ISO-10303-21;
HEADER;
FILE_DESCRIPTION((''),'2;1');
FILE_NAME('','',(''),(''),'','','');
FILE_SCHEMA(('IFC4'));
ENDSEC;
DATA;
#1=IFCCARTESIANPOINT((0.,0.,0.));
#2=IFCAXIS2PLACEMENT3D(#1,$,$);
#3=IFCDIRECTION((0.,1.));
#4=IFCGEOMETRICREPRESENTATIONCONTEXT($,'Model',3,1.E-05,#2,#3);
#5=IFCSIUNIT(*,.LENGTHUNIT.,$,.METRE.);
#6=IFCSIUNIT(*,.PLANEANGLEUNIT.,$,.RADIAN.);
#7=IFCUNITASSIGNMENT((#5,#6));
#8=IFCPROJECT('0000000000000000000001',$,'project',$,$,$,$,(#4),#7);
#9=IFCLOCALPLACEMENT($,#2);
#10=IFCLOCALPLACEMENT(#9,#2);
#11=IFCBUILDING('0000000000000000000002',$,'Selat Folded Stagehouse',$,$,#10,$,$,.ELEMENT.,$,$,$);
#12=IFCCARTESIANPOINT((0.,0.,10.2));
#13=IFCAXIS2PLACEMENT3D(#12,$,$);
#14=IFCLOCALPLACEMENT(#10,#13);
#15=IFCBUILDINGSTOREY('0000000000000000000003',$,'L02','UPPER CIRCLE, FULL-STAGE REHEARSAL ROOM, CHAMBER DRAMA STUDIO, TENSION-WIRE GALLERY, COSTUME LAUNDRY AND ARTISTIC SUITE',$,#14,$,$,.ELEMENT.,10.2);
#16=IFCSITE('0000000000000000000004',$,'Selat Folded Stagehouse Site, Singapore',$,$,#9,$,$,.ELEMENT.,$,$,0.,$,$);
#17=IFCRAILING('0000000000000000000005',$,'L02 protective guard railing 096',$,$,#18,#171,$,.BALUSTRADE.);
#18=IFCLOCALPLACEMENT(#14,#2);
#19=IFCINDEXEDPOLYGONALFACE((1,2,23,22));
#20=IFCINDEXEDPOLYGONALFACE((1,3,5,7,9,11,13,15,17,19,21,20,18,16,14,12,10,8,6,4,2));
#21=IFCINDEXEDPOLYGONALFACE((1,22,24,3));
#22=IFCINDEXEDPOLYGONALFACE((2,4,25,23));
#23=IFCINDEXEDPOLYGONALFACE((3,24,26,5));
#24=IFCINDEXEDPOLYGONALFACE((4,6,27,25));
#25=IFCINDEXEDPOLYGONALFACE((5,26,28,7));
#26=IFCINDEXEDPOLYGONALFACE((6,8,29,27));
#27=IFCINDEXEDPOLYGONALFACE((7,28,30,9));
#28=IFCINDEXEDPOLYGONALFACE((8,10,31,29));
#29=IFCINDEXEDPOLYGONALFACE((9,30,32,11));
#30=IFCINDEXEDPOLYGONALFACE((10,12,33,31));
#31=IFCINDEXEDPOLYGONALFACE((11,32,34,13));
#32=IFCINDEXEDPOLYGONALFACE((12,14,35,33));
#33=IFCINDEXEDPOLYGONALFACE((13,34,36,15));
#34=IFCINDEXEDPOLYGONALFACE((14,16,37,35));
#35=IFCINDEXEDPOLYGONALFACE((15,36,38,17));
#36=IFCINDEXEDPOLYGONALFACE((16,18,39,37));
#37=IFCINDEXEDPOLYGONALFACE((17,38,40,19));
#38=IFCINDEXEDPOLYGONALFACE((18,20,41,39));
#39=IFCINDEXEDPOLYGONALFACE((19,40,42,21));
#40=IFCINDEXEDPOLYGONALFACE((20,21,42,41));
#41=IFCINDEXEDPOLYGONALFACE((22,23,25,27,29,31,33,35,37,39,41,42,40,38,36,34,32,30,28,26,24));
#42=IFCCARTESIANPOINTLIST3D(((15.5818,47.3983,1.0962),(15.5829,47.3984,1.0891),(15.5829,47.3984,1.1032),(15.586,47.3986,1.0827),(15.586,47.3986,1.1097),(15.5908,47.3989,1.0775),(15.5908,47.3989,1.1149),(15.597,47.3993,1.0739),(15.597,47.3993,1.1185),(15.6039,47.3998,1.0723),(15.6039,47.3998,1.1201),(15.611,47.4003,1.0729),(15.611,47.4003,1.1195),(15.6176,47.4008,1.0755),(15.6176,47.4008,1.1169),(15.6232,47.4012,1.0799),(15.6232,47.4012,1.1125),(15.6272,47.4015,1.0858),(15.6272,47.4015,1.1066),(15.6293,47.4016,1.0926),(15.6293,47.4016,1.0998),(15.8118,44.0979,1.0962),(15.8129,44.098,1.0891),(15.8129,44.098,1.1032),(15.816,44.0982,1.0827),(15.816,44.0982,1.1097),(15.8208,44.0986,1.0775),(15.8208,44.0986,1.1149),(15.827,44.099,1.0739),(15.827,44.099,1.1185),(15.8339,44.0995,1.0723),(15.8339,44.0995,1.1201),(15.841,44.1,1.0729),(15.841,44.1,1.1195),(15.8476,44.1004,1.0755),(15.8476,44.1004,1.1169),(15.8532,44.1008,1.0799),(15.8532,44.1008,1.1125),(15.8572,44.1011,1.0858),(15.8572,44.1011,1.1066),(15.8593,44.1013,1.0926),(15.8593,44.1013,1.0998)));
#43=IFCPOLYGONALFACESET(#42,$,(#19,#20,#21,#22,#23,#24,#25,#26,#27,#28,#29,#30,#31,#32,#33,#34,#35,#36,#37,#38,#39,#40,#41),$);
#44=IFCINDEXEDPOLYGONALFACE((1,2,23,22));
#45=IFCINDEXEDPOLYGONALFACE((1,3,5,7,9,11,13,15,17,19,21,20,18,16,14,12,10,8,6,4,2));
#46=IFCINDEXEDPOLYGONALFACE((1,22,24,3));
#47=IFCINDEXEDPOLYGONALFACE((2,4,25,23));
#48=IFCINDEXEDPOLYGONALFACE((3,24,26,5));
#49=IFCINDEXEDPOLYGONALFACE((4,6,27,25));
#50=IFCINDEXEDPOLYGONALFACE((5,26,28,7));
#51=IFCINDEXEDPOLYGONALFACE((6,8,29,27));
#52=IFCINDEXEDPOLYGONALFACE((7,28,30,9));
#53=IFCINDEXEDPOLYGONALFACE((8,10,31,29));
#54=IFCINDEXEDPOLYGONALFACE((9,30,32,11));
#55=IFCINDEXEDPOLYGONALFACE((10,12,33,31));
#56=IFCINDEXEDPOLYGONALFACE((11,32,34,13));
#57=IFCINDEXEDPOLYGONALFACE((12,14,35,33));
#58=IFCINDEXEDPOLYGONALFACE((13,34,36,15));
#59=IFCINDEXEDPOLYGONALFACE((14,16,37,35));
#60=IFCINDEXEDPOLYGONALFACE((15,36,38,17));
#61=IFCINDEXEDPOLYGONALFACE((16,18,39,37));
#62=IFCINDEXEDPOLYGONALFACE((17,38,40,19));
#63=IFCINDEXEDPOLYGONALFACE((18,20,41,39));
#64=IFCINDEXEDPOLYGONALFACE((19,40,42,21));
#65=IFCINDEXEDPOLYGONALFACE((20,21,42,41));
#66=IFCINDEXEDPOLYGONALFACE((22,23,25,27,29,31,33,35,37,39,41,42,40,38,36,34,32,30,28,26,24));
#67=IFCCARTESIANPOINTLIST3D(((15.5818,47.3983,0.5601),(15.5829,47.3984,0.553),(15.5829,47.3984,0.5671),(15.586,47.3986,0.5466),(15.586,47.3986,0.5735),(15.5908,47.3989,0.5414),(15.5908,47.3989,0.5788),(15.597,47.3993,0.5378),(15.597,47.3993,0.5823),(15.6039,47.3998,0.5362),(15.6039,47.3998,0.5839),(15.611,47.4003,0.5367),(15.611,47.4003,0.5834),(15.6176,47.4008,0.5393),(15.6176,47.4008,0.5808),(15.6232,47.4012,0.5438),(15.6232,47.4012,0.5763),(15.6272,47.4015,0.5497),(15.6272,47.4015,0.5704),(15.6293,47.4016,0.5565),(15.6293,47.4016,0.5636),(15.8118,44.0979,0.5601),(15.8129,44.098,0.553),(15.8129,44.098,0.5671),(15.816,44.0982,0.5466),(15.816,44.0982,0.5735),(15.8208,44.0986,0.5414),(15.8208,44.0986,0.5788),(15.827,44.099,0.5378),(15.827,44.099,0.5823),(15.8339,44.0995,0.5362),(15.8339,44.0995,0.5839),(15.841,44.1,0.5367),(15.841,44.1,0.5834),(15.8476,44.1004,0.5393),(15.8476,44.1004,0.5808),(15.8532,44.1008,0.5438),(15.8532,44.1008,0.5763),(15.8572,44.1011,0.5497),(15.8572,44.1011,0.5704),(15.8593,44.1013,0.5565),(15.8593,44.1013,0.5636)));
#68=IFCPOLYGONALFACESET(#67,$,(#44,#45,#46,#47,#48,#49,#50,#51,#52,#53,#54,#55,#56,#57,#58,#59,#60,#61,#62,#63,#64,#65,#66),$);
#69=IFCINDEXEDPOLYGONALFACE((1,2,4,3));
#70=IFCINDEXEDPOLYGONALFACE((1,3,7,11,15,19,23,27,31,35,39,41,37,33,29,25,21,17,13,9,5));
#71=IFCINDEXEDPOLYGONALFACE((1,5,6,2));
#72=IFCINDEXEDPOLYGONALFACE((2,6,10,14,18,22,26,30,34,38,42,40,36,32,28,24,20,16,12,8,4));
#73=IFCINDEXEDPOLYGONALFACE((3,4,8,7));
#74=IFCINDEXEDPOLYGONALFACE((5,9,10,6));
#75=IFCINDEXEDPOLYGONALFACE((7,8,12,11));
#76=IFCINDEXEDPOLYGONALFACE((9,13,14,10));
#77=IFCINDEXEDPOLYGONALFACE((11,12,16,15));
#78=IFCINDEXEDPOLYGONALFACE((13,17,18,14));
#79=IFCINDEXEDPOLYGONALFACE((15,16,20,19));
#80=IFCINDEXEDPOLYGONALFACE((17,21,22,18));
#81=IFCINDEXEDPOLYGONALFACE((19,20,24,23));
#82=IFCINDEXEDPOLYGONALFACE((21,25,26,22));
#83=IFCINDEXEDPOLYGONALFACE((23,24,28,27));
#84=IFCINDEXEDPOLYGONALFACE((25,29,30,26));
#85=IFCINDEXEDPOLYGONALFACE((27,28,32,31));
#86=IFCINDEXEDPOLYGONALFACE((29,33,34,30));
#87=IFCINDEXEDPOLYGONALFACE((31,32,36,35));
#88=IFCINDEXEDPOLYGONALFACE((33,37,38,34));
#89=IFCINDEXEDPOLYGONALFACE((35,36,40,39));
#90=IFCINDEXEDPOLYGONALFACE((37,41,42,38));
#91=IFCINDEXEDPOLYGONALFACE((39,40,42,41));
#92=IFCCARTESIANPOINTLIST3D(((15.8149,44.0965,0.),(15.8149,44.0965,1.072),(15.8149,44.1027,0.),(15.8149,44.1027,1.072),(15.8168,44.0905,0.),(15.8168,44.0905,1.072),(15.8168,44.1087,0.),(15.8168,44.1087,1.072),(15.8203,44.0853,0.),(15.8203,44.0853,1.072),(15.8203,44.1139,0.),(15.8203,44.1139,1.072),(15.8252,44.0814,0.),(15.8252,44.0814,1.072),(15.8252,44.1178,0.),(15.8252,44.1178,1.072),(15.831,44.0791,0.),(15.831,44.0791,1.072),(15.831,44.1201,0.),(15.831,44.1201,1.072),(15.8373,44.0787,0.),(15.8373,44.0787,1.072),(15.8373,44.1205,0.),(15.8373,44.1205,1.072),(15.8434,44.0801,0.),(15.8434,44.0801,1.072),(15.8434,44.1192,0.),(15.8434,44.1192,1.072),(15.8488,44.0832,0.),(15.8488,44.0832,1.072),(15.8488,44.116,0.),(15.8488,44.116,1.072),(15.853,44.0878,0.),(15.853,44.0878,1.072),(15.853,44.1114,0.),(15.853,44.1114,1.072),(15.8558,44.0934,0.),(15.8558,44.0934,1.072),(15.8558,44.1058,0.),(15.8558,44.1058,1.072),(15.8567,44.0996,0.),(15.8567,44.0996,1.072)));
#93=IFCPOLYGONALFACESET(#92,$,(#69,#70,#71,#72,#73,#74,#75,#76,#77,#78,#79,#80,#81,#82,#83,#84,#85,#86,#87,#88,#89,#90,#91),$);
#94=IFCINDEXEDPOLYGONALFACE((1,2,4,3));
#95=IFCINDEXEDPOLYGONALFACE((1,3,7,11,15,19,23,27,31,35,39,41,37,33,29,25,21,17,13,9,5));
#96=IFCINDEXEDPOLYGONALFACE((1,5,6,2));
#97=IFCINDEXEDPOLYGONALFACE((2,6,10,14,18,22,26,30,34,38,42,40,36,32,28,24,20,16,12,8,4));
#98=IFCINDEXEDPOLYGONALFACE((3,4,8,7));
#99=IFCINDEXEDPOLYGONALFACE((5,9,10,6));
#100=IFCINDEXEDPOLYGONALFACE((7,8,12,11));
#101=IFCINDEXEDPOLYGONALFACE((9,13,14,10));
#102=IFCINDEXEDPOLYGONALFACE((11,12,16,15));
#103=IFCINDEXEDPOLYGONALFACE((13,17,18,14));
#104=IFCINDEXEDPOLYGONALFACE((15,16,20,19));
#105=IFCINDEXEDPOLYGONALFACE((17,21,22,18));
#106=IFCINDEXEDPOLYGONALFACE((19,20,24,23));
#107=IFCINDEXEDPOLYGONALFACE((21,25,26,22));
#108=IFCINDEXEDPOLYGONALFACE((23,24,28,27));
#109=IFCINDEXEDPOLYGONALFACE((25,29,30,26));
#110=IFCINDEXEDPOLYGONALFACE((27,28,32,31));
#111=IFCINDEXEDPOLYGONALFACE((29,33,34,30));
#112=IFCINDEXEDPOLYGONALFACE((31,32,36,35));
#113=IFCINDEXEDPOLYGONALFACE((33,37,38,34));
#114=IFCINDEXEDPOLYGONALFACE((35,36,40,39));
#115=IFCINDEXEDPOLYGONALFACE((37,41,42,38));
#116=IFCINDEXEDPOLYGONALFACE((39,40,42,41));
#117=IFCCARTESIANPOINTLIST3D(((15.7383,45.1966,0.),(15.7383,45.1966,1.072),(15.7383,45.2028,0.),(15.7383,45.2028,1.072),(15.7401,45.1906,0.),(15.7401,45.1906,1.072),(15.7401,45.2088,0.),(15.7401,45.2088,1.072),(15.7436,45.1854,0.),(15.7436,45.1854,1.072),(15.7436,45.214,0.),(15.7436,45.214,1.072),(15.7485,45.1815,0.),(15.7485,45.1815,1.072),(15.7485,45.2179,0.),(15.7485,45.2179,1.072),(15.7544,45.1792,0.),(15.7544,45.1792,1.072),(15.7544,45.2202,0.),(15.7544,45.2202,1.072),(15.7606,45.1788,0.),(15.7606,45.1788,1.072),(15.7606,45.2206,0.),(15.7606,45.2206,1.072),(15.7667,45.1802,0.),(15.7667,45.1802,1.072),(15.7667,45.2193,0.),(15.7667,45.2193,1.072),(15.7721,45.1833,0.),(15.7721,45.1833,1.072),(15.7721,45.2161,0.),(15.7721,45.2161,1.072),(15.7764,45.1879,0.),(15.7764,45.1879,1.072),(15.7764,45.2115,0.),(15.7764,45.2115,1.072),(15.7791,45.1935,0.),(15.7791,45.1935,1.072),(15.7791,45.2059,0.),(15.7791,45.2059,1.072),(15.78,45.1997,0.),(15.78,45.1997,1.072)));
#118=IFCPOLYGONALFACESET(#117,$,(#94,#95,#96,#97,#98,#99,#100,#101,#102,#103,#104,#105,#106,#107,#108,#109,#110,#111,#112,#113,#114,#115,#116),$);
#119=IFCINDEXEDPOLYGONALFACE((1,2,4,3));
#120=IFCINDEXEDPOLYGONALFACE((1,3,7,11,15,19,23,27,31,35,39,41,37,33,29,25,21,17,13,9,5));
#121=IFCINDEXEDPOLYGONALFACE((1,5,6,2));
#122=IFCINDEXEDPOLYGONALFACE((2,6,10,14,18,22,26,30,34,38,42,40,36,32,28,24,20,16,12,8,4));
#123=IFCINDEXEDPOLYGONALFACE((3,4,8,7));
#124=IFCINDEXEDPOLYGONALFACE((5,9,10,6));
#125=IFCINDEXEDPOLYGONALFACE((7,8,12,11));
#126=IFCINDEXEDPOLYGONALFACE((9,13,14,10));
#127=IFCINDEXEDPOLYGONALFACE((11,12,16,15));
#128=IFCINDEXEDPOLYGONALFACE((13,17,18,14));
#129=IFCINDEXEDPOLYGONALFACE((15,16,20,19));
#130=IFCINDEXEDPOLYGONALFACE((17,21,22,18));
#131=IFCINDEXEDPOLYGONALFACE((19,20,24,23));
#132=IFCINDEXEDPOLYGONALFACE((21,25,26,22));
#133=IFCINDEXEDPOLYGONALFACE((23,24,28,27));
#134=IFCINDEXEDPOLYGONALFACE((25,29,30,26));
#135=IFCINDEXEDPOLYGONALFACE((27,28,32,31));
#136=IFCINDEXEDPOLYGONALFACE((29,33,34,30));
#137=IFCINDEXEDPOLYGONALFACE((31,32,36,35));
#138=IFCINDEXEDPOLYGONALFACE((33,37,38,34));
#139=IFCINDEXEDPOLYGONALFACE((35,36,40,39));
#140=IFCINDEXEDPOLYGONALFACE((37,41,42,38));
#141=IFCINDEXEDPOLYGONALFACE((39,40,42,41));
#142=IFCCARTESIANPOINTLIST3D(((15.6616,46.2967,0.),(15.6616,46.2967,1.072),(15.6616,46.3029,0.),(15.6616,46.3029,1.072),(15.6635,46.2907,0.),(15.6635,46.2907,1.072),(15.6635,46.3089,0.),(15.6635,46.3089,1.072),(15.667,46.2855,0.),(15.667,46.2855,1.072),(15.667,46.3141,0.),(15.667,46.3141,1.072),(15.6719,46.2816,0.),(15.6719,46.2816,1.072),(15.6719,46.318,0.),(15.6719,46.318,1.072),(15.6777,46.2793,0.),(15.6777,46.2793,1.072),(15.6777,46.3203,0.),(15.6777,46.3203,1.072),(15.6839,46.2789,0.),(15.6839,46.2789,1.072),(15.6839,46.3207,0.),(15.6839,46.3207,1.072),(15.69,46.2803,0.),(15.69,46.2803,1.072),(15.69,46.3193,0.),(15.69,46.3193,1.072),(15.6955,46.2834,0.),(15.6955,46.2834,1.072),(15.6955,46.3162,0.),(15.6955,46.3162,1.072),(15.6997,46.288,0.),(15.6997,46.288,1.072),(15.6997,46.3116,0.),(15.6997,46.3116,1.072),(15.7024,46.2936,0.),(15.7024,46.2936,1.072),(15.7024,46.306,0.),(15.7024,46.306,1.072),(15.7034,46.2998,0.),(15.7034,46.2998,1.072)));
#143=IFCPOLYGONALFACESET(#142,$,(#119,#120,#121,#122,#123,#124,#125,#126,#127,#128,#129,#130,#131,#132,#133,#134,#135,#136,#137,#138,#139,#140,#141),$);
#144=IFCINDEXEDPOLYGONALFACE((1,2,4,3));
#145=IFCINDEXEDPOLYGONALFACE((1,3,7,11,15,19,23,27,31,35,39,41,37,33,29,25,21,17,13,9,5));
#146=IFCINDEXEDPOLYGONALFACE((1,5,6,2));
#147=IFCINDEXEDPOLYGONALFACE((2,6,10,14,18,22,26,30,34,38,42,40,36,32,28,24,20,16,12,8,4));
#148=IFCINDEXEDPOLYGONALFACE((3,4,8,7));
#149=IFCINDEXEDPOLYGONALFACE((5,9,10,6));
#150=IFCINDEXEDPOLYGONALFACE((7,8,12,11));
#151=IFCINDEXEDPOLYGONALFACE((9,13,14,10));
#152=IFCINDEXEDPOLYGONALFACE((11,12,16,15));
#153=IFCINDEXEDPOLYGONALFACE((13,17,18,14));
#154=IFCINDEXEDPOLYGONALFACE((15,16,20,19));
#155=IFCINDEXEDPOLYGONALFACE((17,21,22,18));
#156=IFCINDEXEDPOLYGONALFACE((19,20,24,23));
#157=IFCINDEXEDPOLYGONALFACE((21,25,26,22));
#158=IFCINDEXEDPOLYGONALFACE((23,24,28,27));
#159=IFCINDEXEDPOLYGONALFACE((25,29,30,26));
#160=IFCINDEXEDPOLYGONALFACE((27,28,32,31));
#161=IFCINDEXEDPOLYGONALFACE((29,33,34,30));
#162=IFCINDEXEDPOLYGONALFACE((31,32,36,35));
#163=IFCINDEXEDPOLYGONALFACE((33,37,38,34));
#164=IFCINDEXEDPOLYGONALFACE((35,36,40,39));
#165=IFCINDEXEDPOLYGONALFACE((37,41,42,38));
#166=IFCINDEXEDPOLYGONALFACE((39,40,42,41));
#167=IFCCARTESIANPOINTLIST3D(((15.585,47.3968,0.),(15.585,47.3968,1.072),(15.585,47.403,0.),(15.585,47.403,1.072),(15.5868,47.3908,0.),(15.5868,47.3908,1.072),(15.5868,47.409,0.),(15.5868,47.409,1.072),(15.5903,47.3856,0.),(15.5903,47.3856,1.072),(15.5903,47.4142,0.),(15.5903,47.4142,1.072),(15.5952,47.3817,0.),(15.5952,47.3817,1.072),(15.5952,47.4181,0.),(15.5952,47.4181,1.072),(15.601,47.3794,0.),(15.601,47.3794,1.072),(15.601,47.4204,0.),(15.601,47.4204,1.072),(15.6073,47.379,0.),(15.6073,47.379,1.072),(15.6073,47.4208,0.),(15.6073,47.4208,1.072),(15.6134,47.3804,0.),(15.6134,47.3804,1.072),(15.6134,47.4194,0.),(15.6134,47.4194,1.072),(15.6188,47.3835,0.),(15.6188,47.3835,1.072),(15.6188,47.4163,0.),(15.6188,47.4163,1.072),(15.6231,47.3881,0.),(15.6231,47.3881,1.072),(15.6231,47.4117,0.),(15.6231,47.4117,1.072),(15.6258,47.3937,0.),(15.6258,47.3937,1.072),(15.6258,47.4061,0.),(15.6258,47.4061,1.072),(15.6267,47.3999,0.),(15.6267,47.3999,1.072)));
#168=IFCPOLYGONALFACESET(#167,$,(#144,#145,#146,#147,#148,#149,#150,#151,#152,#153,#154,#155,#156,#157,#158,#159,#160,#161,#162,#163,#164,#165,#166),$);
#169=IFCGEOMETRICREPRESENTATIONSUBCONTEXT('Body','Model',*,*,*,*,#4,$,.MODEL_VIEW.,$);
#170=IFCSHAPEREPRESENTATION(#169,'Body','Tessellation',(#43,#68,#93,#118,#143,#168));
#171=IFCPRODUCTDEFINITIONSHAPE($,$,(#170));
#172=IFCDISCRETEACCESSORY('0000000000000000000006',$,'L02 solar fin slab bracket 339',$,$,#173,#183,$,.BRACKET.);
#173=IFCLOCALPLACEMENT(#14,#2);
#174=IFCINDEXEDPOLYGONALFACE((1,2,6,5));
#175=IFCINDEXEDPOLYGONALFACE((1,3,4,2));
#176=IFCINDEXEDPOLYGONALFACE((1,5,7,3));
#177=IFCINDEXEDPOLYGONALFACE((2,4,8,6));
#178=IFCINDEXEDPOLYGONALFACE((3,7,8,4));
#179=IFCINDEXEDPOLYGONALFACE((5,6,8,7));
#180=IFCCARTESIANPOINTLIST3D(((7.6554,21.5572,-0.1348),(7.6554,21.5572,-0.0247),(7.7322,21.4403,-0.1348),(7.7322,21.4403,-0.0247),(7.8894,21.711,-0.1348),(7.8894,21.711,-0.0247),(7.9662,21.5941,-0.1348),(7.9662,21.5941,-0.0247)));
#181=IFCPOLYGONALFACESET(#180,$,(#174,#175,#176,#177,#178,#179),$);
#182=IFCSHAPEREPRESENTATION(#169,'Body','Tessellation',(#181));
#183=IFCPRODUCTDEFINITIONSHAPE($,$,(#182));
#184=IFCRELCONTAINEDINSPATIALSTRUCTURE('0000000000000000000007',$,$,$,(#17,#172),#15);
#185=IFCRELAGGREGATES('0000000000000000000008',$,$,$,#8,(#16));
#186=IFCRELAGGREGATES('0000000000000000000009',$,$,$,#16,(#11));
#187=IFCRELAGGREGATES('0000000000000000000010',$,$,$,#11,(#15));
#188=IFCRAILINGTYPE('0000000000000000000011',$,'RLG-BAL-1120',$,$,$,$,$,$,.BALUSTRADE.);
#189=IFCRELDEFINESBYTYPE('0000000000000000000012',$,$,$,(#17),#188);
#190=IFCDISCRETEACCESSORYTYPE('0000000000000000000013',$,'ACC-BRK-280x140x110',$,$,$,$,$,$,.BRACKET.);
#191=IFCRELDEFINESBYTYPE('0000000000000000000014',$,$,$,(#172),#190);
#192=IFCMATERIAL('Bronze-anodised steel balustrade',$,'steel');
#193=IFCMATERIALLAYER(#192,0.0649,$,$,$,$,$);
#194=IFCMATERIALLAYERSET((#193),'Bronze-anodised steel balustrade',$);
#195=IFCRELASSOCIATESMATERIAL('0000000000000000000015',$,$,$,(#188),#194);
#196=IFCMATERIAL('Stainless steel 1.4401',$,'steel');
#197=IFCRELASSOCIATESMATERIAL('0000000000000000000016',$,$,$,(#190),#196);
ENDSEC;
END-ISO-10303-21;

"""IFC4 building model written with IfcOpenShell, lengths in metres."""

from ifc_helpers import new_model, si_unit, direction, frame, origin, origin_2d, place, context, subcontext, project, spatial, rectangle, circle, extrude, material, layer, layer_set, type_object, element, save


model = new_model("IFC4")

# Units and contexts
model_context = context("Model", 3, precision=1e-05, world=origin(), true_north=direction((0.0, 1.0)))
body_context = subcontext(model_context, "Body", "Model", "MODEL_VIEW")
ifc_project = project(units=[si_unit("LENGTHUNIT", "METRE"), si_unit("PLANEANGLEUNIT", "RADIAN")], contexts=[model_context])

# Site, building, storey
site_placement = place(None, origin())
site = spatial("IfcSite", under=ifc_project, at=site_placement, Name="Selat Folded Stagehouse Site, Singapore", CompositionType="ELEMENT", RefElevation=0.0)
building_placement = place(site_placement, origin())
building = spatial("IfcBuilding", under=site, at=building_placement, Name="Selat Folded Stagehouse", CompositionType="ELEMENT")
storey_placement = place(building_placement, frame((0.0, 0.0, 10.2)))
storey = spatial("IfcBuildingStorey", under=building, at=storey_placement, Name="L02", Description="UPPER CIRCLE, FULL-STAGE REHEARSAL ROOM, CHAMBER DRAMA STUDIO, TENSION-WIRE GALLERY, COSTUME LAUNDRY AND ARTISTIC SUITE", CompositionType="ELEMENT", Elevation=10.2)

# Railing
ifc_material_1 = material(Name="Bronze-anodised steel balustrade", Category="steel")
ifc_layer_1 = layer(ifc_material_1, 0.0649)
ifc_layer_set_1 = layer_set([ifc_layer_1], Name="Bronze-anodised steel balustrade")
railing_type = type_object("IfcRailingType", Name="RLG-BAL-1120", PredefinedType="BALUSTRADE", material=ifc_layer_set_1)
railing_1_placement = place(storey_placement, frame((15.8357, 44.0996, 0.0)))
element("IfcRailing", 1, at=railing_1_placement, inside=storey, type_object=railing_type, Name="L02 protective guard railing 096", PredefinedType="BALUSTRADE", context=body_context, shape_type="SweptSolid", body=[
    extrude(circle(Radius=0.0239, at=origin_2d()), frame((0.0, 0.0, 1.0962), z_axis=(-0.069516, 0.997581, 0.0), x_axis=(-0.997581, -0.069516, 0.0)), (0.0, 0.0, 1.0), 3.3083),
    extrude(circle(Radius=0.0239, at=origin_2d()), frame((0.0, 0.0, 0.5601), z_axis=(-0.069516, 0.997581, 0.0), x_axis=(-0.997581, -0.069516, 0.0)), (0.0, 0.0, 1.0), 3.3083),
    extrude(circle(Radius=0.021, at=origin_2d()), origin(), (0.0, 0.0, 1.0), 1.072),
    extrude(circle(Radius=0.021, at=origin_2d()), frame((-0.0767, 1.1001, 0.0)), (0.0, 0.0, 1.0), 1.072),
    extrude(circle(Radius=0.021, at=origin_2d()), frame((-0.1533, 2.2002, 0.0)), (0.0, 0.0, 1.0), 1.072),
    extrude(circle(Radius=0.021, at=origin_2d()), frame((-0.23, 3.3003, 0.0)), (0.0, 0.0, 1.0), 1.072),
])

# Discrete accessory
ifc_material_2 = material(Name="Stainless steel 1.4401", Category="steel")
discrete_accessory_type = type_object("IfcDiscreteAccessoryType", Name="ACC-BRK-280x140x110", PredefinedType="BRACKET", material=ifc_material_2)
discrete_accessory_placement = place(storey_placement, frame((7.8108, 21.5757, -0.1348), z_axis=(0.0, 0.0, 1.0), x_axis=(-0.835616, -0.549315, 0.0)))
element("IfcDiscreteAccessory", 2, at=discrete_accessory_placement, inside=storey, type_object=discrete_accessory_type, Name="L02 solar fin slab bracket 339", PredefinedType="BRACKET", context=body_context, shape_type="SweptSolid", body=[
    extrude(rectangle(XDim=0.28, YDim=0.1399, at=origin_2d()), origin(), (0.0, 0.0, 1.0), 0.1101),
])

save(model, "model.ifc")
